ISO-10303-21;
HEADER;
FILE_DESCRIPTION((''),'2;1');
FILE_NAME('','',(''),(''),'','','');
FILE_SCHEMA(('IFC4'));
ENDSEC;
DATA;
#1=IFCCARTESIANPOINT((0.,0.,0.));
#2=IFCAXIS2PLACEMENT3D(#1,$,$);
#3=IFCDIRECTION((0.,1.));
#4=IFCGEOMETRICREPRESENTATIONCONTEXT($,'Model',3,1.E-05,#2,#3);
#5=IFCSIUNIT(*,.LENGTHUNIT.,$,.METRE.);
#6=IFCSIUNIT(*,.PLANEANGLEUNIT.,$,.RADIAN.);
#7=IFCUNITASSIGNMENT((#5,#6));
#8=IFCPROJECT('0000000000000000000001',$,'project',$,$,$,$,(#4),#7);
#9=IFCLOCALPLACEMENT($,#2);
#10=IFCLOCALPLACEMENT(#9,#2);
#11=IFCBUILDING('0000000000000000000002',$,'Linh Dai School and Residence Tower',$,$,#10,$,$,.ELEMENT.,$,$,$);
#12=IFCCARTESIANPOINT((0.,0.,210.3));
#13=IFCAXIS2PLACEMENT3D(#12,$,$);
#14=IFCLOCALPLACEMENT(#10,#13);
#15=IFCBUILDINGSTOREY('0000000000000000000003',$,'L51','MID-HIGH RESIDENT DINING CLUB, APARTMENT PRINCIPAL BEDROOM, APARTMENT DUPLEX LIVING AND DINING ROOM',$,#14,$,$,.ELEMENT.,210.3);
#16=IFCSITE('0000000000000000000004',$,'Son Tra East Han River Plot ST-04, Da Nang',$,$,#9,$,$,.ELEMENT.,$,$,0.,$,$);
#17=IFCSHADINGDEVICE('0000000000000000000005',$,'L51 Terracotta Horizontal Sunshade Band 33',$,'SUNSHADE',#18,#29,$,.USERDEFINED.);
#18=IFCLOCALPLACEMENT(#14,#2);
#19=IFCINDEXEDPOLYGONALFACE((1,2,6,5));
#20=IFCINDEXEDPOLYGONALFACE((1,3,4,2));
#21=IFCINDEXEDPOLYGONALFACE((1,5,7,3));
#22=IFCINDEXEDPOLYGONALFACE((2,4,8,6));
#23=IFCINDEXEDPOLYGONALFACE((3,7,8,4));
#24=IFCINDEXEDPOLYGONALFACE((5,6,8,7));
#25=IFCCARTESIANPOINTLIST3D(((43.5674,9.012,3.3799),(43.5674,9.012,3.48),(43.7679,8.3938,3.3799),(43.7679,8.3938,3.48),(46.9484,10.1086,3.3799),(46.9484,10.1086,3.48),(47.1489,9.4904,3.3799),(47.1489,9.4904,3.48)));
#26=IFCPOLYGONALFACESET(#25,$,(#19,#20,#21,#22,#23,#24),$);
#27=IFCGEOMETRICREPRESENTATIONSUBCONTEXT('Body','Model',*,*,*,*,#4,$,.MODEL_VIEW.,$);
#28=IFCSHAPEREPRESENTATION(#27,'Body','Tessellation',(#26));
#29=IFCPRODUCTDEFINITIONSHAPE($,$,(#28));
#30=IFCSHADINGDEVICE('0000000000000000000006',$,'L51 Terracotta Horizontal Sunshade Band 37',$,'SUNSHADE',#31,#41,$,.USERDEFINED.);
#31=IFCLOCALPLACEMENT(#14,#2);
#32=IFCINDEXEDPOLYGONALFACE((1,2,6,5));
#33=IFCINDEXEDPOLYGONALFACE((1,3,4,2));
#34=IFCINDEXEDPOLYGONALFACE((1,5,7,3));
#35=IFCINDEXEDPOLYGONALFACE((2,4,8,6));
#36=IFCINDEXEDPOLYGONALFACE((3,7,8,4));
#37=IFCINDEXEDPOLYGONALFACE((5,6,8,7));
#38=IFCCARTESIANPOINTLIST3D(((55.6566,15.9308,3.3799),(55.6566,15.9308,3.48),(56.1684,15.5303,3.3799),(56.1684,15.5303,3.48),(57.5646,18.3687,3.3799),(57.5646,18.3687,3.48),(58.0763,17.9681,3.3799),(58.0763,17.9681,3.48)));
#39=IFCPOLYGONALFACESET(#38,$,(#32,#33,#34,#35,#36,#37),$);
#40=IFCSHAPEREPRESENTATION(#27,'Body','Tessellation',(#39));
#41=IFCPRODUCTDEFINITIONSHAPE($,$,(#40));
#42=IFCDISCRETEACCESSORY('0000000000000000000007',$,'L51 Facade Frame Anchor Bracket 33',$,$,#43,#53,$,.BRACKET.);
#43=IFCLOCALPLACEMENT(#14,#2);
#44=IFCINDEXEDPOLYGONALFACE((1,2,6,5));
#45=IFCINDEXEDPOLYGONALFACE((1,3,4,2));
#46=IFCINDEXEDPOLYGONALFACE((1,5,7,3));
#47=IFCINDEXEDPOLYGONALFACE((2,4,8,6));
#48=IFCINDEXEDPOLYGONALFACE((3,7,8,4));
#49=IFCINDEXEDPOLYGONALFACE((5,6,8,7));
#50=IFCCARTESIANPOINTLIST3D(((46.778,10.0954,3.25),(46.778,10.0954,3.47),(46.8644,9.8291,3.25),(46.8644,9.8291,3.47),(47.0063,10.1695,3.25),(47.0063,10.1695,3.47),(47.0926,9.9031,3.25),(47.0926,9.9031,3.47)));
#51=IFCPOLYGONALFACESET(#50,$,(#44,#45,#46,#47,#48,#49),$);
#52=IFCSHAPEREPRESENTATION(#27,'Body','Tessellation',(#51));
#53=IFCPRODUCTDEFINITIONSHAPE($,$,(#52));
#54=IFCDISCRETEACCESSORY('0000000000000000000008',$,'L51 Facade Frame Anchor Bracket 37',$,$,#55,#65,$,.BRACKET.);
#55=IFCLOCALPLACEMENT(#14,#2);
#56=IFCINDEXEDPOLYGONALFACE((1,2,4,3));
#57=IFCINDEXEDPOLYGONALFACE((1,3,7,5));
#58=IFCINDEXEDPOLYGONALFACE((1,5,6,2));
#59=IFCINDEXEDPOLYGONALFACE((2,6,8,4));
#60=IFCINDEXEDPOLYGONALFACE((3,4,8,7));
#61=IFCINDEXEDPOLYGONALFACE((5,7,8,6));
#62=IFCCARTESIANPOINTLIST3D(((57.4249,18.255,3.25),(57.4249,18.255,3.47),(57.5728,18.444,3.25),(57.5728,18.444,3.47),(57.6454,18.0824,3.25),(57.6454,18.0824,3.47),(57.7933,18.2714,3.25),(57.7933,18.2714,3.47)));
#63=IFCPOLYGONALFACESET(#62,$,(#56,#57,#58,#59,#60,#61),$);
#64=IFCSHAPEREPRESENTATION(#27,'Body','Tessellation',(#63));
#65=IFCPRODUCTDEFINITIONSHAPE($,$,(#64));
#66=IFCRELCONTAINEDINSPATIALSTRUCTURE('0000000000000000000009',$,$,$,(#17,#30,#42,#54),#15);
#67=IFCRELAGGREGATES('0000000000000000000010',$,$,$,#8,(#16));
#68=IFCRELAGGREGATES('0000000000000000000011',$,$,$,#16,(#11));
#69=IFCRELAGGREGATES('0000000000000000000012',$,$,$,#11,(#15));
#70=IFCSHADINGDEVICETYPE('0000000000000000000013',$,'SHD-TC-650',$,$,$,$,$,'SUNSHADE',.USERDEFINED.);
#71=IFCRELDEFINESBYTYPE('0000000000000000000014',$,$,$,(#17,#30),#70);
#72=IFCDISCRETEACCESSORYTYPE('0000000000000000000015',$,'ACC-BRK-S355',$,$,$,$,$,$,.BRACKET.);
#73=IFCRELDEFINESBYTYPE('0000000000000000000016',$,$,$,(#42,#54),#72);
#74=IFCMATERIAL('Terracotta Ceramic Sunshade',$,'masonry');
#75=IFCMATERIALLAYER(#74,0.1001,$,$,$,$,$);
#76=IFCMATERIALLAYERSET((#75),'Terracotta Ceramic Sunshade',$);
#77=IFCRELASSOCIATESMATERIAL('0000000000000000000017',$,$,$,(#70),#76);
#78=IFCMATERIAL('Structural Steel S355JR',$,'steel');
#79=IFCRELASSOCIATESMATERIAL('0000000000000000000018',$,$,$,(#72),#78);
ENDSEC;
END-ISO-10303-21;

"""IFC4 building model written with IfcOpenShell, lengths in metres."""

from ifc_helpers import new_model, si_unit, direction, frame, origin, origin_2d, place, context, subcontext, project, spatial, rectangle, extrude, source, transform, mapped, material, layer, layer_set, type_object, element, save


model = new_model("IFC4")

# Units and contexts
model_context = context("Model", 3, precision=1e-05, world=origin(), true_north=direction((0.0, 1.0)))
body_context = subcontext(model_context, "Body", "Model", "MODEL_VIEW")
ifc_project = project(units=[si_unit("LENGTHUNIT", "METRE"), si_unit("PLANEANGLEUNIT", "RADIAN")], contexts=[model_context])

# Site, building, storey
site_placement = place(None, origin())
site = spatial("IfcSite", under=ifc_project, at=site_placement, Name="Son Tra East Han River Plot ST-04, Da Nang", CompositionType="ELEMENT", RefElevation=0.0)
building_placement = place(site_placement, origin())
building = spatial("IfcBuilding", under=site, at=building_placement, Name="Linh Dai School and Residence Tower", CompositionType="ELEMENT")
storey_placement = place(building_placement, frame((0.0, 0.0, 210.3)))
storey = spatial("IfcBuildingStorey", under=building, at=storey_placement, Name="L51", Description="MID-HIGH RESIDENT DINING CLUB, APARTMENT PRINCIPAL BEDROOM, APARTMENT DUPLEX LIVING AND DINING ROOM", CompositionType="ELEMENT", Elevation=210.3)

# Shared definitions
ifc_material_1 = material(Name="Structural Steel S355JR", Category="steel")

# Shading devices
ifc_material_2 = material(Name="Terracotta Ceramic Sunshade", Category="masonry")
ifc_layer_1 = layer(ifc_material_2, 0.1001)
ifc_layer_set_1 = layer_set([ifc_layer_1], Name="Terracotta Ceramic Sunshade")
shading_device_type = type_object("IfcShadingDeviceType", Name="SHD-TC-650", ElementType="SUNSHADE", PredefinedType="USERDEFINED", material=ifc_layer_set_1)
shared_shape_1 = source(origin(), body_context, "Body", "SweptSolid", [
    extrude(rectangle(XDim=3.5544, YDim=0.6499, at=origin_2d()), origin(), (0.0, 0.0, 1.0), 0.1001),
])
shading_device_1_placement = place(storey_placement, frame((45.3582, 9.2512, 3.3799), z_axis=(0.0, 0.0, 1.0), x_axis=(-0.951224, -0.308501, 0.0)))
element("IfcShadingDevice", 1, at=shading_device_1_placement, inside=storey, type_object=shading_device_type, Name="L51 Terracotta Horizontal Sunshade Band 33", ObjectType="SUNSHADE", PredefinedType="USERDEFINED", context=body_context, shape_type="MappedRepresentation", body=[
    mapped(shared_shape_1, transform((0.0, 0.0, 0.0), x_axis=(1.0, 0.0, 0.0), y_axis=(0.0, 1.0, 0.0), z_axis=(0.0, 0.0, 1.0), scale=1.0)),
])
shared_shape_2 = source(origin(), body_context, "Body", "SweptSolid", [
    extrude(rectangle(XDim=3.0957, YDim=0.6499, at=origin_2d()), origin(), (0.0, 0.0, 1.0), 0.1001),
])
shading_device_2_placement = place(storey_placement, frame((56.8665, 16.9495, 3.3799), z_axis=(0.0, 0.0, 1.0), x_axis=(-0.616334, -0.787485, 0.0)))
element("IfcShadingDevice", 2, at=shading_device_2_placement, inside=storey, type_object=shading_device_type, Name="L51 Terracotta Horizontal Sunshade Band 37", ObjectType="SUNSHADE", PredefinedType="USERDEFINED", context=body_context, shape_type="MappedRepresentation", body=[
    mapped(shared_shape_2, transform((0.0, 0.0, 0.0), x_axis=(1.0, 0.0, 0.0), y_axis=(0.0, 1.0, 0.0), z_axis=(0.0, 0.0, 1.0), scale=1.0)),
])

# Discrete accessories
discrete_accessory_type = type_object("IfcDiscreteAccessoryType", Name="ACC-BRK-S355", PredefinedType="BRACKET", material=ifc_material_1)
shared_shape_3 = source(origin(), body_context, "Body", "SweptSolid", [
    extrude(rectangle(XDim=0.28, YDim=0.24, at=origin_2d()), origin(), (0.0, 0.0, 1.0), 0.22),
])
for number, where, z_axis, x_axis, name in (
    (3, (46.9353, 9.9993, 3.25), (0.0, 0.0, 1.0), (0.308501, -0.951224, 0.0), "L51 Facade Frame Anchor Bracket 33"),
    (4, (57.6091, 18.2632, 3.25), (0.0, 0.0, 1.0), (0.787485, -0.616334, 0.0), "L51 Facade Frame Anchor Bracket 37"),
):
    element("IfcDiscreteAccessory", number, at=place(storey_placement, frame(where, z_axis=z_axis, x_axis=x_axis)), inside=storey, type_object=discrete_accessory_type, Name=name, PredefinedType="BRACKET", context=body_context, shape_type="MappedRepresentation", body=[
        mapped(shared_shape_3, transform((0.0, 0.0, 0.0), x_axis=(1.0, 0.0, 0.0), y_axis=(0.0, 1.0, 0.0), z_axis=(0.0, 0.0, 1.0), scale=1.0)),
    ])

save(model, "model.ifc")
